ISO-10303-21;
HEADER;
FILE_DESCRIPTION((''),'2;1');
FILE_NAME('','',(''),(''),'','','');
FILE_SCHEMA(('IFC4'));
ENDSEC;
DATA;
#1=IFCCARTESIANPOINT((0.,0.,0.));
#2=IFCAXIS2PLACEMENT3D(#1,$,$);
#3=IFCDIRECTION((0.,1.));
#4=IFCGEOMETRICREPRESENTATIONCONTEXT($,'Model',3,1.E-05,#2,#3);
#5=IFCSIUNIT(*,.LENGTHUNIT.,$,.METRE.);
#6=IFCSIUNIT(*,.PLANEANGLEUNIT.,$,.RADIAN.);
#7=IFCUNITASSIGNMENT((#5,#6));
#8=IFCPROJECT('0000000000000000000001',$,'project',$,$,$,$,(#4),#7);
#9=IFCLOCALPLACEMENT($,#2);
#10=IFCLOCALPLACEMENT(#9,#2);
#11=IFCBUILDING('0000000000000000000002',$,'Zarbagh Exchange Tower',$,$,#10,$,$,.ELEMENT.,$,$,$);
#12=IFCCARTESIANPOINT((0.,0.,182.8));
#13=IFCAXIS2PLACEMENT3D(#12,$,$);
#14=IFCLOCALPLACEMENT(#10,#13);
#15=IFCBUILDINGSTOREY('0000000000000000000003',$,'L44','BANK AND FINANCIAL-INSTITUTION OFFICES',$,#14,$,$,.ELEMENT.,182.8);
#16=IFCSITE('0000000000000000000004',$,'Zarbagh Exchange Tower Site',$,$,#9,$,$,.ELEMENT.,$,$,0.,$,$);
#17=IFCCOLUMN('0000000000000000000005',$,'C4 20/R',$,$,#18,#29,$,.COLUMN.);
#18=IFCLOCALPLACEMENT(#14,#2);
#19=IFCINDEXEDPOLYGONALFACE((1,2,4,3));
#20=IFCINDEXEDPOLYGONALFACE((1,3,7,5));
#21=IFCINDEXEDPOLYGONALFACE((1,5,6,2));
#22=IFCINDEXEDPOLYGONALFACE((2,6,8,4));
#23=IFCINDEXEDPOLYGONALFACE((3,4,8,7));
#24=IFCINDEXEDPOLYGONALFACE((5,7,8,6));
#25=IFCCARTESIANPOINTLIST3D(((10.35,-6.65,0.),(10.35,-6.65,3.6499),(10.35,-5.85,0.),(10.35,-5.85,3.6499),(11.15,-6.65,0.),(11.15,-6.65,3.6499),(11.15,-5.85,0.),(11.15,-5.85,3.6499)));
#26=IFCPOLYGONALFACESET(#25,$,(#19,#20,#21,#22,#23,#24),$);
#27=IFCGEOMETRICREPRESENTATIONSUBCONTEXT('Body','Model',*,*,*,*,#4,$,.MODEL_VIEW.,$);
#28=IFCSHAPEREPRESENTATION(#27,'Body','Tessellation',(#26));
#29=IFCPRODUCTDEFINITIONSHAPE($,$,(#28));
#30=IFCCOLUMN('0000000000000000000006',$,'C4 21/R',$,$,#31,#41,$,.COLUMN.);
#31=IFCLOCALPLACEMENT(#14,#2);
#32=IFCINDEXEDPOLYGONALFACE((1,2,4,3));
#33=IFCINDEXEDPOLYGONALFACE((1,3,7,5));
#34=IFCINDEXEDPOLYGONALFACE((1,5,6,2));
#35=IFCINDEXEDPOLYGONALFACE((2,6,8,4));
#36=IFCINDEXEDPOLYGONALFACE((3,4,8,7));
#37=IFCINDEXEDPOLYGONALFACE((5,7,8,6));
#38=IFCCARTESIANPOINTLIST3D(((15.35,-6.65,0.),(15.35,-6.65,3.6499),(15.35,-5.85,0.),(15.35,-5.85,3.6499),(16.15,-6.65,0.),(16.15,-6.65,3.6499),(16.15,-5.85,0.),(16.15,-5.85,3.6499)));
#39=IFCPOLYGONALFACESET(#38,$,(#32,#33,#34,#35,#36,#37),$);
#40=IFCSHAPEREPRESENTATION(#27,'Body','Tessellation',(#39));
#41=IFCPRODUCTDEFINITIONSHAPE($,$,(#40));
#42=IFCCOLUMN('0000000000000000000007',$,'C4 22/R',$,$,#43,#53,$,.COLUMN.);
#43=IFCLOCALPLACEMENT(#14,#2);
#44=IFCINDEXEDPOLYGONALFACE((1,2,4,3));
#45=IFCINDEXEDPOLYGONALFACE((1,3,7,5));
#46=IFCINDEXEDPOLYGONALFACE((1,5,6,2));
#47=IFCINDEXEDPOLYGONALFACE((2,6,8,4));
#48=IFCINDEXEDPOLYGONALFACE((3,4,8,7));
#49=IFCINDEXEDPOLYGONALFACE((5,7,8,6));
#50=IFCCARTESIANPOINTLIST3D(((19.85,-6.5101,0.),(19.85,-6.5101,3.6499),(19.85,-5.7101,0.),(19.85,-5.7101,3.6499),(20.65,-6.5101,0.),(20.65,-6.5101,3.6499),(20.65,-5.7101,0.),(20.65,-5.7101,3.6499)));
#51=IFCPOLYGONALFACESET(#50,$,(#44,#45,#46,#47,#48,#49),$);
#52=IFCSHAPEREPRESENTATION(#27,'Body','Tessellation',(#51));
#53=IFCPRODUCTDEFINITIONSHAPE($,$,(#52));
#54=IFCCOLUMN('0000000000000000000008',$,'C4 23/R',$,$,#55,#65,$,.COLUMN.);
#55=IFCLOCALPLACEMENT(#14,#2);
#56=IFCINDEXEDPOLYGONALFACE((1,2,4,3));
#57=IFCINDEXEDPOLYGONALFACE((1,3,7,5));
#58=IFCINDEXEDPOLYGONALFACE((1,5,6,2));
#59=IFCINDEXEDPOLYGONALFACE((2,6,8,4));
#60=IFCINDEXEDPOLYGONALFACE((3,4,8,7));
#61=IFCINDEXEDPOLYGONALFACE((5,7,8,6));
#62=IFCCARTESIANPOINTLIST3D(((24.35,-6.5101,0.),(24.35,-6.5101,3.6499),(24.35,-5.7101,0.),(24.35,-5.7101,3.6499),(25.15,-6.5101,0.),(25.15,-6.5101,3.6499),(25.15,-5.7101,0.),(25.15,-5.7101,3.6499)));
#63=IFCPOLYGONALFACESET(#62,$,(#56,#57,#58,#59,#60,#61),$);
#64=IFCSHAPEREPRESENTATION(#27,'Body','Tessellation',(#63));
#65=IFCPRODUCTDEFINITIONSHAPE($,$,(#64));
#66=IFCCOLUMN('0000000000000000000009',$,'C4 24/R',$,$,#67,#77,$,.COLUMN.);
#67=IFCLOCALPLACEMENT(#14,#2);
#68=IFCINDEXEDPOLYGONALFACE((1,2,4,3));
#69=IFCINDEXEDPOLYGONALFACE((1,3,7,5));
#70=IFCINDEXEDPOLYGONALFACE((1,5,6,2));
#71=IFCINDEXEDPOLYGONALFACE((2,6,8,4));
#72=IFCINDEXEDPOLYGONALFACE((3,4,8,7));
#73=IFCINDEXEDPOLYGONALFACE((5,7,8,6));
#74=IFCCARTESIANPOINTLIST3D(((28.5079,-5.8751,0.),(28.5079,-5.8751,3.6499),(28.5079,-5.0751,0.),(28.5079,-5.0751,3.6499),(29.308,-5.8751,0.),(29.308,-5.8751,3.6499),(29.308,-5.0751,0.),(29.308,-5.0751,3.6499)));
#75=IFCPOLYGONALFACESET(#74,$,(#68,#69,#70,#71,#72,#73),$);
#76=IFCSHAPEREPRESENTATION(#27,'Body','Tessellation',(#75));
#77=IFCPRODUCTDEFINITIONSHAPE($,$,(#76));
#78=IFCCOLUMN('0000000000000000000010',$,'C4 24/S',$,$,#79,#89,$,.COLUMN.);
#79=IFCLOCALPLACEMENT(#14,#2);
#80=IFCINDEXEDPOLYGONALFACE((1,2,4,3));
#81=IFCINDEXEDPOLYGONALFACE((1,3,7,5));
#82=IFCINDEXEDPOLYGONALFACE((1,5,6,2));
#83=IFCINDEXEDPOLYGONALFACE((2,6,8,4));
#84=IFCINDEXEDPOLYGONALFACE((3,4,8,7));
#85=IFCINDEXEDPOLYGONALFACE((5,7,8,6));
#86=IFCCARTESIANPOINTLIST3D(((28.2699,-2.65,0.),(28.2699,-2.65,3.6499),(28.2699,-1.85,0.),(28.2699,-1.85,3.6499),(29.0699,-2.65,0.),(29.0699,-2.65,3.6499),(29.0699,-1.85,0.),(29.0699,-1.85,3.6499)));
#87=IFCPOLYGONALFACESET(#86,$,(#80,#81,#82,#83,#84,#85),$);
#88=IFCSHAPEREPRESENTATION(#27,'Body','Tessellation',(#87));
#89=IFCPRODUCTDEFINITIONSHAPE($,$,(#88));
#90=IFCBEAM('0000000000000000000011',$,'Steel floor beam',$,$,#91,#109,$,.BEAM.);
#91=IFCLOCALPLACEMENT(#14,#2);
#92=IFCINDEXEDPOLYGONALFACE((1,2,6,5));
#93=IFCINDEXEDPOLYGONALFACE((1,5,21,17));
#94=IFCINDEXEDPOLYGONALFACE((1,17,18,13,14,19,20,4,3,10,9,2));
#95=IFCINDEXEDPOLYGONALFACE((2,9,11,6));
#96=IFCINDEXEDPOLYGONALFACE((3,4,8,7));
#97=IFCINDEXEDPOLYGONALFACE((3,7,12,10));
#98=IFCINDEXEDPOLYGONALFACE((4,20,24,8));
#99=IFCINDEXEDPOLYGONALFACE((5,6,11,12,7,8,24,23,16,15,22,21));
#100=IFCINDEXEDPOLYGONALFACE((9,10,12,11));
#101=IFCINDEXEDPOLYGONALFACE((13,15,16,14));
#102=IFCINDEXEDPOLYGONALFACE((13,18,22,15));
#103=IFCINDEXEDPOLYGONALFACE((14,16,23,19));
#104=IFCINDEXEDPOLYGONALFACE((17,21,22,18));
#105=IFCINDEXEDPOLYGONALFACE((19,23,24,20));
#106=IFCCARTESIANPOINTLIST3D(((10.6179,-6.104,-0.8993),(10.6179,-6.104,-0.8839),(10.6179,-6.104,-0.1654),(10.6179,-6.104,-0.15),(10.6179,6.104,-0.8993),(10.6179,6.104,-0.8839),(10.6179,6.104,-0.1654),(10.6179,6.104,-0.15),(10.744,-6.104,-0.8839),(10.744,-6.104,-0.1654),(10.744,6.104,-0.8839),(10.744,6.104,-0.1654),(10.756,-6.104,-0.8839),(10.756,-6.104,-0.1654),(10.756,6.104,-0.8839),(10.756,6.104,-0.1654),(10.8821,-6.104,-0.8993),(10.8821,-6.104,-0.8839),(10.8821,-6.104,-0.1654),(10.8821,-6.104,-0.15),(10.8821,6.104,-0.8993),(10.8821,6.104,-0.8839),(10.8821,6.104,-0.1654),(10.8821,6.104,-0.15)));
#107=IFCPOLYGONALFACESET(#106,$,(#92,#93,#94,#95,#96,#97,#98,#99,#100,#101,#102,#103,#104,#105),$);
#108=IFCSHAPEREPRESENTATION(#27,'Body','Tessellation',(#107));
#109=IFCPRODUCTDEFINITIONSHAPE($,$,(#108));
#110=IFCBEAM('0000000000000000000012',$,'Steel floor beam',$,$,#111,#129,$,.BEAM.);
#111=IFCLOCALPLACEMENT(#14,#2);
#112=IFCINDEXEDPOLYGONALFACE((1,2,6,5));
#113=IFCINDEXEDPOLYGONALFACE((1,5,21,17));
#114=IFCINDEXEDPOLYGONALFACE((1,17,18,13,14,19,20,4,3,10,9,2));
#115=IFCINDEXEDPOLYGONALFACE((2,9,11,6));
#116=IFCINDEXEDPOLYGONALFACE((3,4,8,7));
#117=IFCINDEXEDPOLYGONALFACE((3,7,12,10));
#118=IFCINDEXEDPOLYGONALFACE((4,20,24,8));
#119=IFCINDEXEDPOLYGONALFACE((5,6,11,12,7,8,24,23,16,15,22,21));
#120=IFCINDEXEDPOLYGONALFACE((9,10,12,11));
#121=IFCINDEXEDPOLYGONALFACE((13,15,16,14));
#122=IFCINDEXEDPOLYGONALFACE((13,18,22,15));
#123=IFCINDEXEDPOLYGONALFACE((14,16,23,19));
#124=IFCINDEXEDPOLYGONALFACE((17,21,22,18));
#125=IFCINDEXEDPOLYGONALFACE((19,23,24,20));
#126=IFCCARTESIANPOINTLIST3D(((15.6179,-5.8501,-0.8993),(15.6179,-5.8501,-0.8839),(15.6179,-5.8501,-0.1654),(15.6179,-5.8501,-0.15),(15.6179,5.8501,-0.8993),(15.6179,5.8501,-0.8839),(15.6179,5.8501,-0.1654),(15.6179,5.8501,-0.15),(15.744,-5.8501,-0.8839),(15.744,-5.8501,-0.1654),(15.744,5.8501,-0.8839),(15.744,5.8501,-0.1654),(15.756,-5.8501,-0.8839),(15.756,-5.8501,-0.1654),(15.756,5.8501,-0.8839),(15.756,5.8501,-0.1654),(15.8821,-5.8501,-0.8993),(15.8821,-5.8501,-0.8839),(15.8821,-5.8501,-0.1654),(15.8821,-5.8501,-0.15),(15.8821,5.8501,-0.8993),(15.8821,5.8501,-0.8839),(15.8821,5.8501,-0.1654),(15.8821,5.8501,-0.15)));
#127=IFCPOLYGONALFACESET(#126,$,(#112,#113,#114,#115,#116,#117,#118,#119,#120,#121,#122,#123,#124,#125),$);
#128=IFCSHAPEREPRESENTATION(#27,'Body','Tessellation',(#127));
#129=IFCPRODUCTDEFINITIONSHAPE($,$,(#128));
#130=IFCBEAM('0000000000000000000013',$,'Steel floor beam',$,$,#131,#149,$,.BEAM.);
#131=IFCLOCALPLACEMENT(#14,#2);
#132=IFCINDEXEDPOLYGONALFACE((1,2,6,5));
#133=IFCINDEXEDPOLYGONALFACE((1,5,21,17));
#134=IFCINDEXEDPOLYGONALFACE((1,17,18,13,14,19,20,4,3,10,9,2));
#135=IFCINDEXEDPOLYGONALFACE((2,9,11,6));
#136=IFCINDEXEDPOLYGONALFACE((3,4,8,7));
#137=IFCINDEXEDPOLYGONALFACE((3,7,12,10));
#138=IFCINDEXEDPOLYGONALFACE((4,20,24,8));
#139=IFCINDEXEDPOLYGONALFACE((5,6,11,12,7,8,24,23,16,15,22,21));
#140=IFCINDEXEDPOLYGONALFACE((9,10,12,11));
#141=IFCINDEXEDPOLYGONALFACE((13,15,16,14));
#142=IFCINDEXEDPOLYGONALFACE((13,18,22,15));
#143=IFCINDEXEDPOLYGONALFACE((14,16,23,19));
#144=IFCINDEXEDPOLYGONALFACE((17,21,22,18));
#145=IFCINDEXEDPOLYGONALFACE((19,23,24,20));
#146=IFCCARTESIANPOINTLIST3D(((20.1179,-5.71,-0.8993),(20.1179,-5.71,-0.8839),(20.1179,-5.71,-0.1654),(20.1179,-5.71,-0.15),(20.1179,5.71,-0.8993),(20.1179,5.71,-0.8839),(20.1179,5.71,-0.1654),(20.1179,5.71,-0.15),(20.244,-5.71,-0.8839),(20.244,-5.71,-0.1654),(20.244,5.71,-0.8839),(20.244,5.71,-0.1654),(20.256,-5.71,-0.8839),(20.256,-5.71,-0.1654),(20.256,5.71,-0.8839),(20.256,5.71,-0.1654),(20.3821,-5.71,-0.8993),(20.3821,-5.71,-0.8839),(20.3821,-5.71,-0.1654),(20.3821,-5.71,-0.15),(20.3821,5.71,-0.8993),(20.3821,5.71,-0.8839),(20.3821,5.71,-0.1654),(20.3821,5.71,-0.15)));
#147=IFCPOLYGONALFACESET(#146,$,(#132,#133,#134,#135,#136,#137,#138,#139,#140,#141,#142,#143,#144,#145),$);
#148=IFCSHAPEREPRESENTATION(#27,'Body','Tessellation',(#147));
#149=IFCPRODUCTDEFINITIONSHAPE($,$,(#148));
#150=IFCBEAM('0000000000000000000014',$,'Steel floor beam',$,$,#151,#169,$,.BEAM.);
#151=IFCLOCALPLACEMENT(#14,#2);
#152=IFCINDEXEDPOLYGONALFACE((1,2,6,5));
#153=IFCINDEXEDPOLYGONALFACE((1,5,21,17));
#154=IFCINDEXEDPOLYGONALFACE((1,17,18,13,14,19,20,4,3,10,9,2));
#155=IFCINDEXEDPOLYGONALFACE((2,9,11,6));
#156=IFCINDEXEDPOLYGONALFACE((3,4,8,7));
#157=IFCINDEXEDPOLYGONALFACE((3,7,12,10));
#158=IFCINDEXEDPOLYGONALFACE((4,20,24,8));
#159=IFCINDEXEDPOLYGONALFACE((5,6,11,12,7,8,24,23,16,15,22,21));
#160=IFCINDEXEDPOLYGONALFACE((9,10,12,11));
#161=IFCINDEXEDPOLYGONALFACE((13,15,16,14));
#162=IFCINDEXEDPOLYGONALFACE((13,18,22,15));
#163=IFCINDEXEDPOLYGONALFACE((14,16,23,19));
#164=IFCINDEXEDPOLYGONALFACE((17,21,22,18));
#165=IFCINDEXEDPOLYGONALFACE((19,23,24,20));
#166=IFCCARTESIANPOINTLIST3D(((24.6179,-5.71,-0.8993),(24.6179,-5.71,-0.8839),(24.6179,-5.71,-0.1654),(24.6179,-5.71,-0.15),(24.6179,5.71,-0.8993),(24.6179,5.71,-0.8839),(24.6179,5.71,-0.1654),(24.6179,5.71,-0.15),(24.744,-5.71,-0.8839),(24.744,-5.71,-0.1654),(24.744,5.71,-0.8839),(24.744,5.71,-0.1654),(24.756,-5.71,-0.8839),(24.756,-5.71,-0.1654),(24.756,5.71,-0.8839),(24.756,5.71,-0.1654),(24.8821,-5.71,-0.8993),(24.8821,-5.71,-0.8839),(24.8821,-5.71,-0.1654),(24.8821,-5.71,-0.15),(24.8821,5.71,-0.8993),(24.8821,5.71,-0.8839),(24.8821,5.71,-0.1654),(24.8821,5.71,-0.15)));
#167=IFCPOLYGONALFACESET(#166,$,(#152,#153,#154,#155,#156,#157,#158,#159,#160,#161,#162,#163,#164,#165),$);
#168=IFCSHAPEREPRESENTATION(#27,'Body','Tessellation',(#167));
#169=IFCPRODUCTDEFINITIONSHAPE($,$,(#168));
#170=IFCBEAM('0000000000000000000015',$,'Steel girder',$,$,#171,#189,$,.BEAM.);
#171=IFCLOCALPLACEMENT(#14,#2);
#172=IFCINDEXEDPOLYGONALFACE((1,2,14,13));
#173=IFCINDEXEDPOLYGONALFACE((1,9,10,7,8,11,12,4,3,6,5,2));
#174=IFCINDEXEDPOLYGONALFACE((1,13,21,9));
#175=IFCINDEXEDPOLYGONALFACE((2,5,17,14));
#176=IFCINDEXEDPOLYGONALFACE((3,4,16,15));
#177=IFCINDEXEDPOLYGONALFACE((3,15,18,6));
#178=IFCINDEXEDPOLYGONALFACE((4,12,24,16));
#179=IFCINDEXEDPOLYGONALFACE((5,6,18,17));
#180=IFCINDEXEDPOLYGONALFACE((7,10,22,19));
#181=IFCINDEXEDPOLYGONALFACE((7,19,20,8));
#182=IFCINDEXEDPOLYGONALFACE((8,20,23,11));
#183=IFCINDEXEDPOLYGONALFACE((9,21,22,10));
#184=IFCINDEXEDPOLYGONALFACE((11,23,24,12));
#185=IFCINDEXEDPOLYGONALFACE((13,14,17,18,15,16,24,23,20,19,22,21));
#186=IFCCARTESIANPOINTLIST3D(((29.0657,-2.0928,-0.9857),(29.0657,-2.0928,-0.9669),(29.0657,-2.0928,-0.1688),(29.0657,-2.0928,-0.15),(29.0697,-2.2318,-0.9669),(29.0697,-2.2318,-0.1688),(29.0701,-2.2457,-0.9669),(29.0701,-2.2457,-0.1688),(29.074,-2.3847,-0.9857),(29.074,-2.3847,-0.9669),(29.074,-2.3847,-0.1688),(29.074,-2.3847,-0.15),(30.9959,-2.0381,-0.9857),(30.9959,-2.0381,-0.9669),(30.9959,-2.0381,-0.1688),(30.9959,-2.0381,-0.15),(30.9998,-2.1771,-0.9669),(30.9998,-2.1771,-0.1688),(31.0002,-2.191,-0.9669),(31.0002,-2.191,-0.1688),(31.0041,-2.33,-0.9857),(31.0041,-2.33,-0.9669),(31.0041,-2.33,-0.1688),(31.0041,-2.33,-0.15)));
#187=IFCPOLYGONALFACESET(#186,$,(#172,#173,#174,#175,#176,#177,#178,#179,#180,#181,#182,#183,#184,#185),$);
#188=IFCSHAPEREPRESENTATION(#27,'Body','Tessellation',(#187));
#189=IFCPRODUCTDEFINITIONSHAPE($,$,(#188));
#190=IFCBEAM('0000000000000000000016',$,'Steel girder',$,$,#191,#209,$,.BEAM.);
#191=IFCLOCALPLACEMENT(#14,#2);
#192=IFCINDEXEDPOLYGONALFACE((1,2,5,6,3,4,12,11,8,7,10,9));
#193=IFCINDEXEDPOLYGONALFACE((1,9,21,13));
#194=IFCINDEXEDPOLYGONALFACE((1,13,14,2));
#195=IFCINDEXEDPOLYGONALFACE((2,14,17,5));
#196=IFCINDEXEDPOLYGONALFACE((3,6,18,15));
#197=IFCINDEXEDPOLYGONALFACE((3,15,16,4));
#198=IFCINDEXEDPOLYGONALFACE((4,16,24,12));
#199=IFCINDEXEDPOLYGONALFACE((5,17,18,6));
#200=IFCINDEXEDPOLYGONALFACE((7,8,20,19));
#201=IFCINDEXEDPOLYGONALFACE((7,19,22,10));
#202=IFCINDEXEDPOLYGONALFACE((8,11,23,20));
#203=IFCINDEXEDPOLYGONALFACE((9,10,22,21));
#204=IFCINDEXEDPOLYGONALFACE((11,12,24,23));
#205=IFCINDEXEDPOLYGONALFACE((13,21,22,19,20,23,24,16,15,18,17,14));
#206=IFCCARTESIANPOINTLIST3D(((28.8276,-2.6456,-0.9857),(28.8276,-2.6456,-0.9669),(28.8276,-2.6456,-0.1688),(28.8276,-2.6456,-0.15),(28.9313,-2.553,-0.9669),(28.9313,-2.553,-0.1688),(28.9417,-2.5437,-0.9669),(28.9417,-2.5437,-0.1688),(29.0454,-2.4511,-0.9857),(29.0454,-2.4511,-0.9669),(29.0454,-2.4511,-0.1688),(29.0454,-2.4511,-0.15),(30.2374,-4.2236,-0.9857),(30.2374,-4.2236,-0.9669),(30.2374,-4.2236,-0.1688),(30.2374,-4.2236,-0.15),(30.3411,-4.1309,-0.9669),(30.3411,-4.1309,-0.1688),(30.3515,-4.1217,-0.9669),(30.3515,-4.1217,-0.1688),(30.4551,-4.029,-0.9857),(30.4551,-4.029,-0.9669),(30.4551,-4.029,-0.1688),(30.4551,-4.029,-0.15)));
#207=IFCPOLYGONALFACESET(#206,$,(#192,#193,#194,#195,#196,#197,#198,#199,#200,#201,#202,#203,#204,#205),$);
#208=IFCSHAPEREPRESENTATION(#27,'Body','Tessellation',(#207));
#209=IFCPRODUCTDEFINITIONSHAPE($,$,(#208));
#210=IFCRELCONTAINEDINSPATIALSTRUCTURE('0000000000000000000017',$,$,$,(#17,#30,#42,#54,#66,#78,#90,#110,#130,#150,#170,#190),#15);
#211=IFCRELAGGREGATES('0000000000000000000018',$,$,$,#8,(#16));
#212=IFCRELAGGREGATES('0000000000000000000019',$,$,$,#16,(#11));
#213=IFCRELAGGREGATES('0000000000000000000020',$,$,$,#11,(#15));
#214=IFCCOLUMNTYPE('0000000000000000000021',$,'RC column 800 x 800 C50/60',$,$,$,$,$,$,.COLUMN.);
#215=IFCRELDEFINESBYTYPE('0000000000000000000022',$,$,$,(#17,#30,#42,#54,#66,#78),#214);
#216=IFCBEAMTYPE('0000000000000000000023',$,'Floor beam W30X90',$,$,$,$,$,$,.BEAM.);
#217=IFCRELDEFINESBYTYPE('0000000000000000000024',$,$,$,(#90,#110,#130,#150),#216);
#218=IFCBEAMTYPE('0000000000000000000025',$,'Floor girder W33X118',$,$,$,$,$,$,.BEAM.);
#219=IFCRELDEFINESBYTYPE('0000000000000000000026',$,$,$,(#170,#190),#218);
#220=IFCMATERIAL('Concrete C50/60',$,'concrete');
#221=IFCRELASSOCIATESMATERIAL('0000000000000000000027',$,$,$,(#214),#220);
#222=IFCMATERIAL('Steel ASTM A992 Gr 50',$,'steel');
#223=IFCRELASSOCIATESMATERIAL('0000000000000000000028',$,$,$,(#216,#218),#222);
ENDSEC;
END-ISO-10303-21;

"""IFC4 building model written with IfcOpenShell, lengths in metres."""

from ifc_helpers import new_model, si_unit, direction, frame, origin, origin_2d, place, context, subcontext, project, spatial, rectangle, i_section, extrude, material, material_profile, profile_set, type_object, element, save


model = new_model("IFC4")

# Units and contexts
model_context = context("Model", 3, precision=1e-05, world=origin(), true_north=direction((0.0, 1.0)))
body_context = subcontext(model_context, "Body", "Model", "MODEL_VIEW")
ifc_project = project(units=[si_unit("LENGTHUNIT", "METRE"), si_unit("PLANEANGLEUNIT", "RADIAN")], contexts=[model_context])

# Site, building, storey
site_placement = place(None, origin())
site = spatial("IfcSite", under=ifc_project, at=site_placement, Name="Zarbagh Exchange Tower Site", CompositionType="ELEMENT", RefElevation=0.0)
building_placement = place(site_placement, origin())
building = spatial("IfcBuilding", under=site, at=building_placement, Name="Zarbagh Exchange Tower", CompositionType="ELEMENT")
storey_placement = place(building_placement, frame((0.0, 0.0, 182.8)))
storey = spatial("IfcBuildingStorey", under=building, at=storey_placement, Name="L44", Description="BANK AND FINANCIAL-INSTITUTION OFFICES", CompositionType="ELEMENT", Elevation=182.8)

# Columns
ifc_material_1 = material(Name="Concrete C50/60", Category="concrete")
ifc_material_profile_1 = material_profile(ifc_material_1, rectangle(XDim=0.8, YDim=0.8, at=origin_2d()), Name="RC column 800 x 800 C50/60")
ifc_profile_set_1 = profile_set([ifc_material_profile_1], Name="Concrete C50/60")
column_type = type_object("IfcColumnType", Name="RC column 800 x 800 C50/60", PredefinedType="COLUMN", material=ifc_profile_set_1)
for number, where, z_axis, x_axis, name in (
    (1, (10.75, -6.25, 0.0), (0.0, 0.0, 1.0), (1.0, 0.0, 0.0), "C4 20/R"),
    (2, (15.75, -6.25, 0.0), (0.0, 0.0, 1.0), (1.0, 0.0, 0.0), "C4 21/R"),
    (3, (20.25, -6.1101, 0.0), (0.0, 0.0, 1.0), (1.0, 0.0, 0.0), "C4 22/R"),
    (4, (24.75, -6.1101, 0.0), (0.0, 0.0, 1.0), (1.0, 0.0, 0.0), "C4 23/R"),
    (5, (28.908, -5.4751, 0.0), (0.0, 0.0, 1.0), (1.0, 0.0, 0.0), "C4 24/R"),
    (6, (28.6699, -2.25, 0.0), (0.0, 0.0, 1.0), (1.0, 0.0, 0.0), "C4 24/S"),
):
    element("IfcColumn", number, at=place(storey_placement, frame(where, z_axis=z_axis, x_axis=x_axis)), inside=storey, type_object=column_type, Name=name, PredefinedType="COLUMN", context=body_context, shape_type="SweptSolid", body=[
        extrude(rectangle(XDim=0.8, YDim=0.8, at=origin_2d()), origin(), (0.0, 0.0, 1.0), 3.6499),
    ])

# Beams
ifc_material_2 = material(Name="Steel ASTM A992 Gr 50", Category="steel")
ifc_material_profile_2 = material_profile(ifc_material_2, i_section(OverallWidth=0.2642, OverallDepth=0.7493, WebThickness=0.012, FlangeThickness=0.0154, at=origin_2d()), Name="W30X90")
ifc_profile_set_2 = profile_set([ifc_material_profile_2], Name="Steel ASTM A992 Gr 50")
beam_type_1 = type_object("IfcBeamType", Name="Floor beam W30X90", PredefinedType="BEAM", material=ifc_profile_set_2)
beam_1_placement = place(storey_placement, frame((10.75, -6.104, -0.5247), z_axis=(0.0, 1.0, 0.0), x_axis=(-1.0, 0.0, 0.0)))
element("IfcBeam", 7, at=beam_1_placement, inside=storey, type_object=beam_type_1, Name="Steel floor beam", PredefinedType="BEAM", context=body_context, shape_type="SweptSolid", body=[
    extrude(i_section(OverallWidth=0.2642, OverallDepth=0.7493, WebThickness=0.012, FlangeThickness=0.0154, at=origin_2d()), origin(), (0.0, 0.0, 1.0), 12.208),
])
beam_2_placement = place(storey_placement, frame((15.75, -5.8501, -0.5247), z_axis=(0.0, 1.0, 0.0), x_axis=(-1.0, 0.0, 0.0)))
element("IfcBeam", 8, at=beam_2_placement, inside=storey, type_object=beam_type_1, Name="Steel floor beam", PredefinedType="BEAM", context=body_context, shape_type="SweptSolid", body=[
    extrude(i_section(OverallWidth=0.2642, OverallDepth=0.7493, WebThickness=0.012, FlangeThickness=0.0154, at=origin_2d()), origin(), (0.0, 0.0, 1.0), 11.7002),
])
for number, where, z_axis, x_axis, name in (
    (9, (20.25, -5.71, -0.5247), (0.0, 1.0, 0.0), (-1.0, 0.0, 0.0), "Steel floor beam"),
    (10, (24.75, -5.71, -0.5247), (0.0, 1.0, 0.0), (-1.0, 0.0, 0.0), "Steel floor beam"),
):
    element("IfcBeam", number, at=place(storey_placement, frame(where, z_axis=z_axis, x_axis=x_axis)), inside=storey, type_object=beam_type_1, Name=name, PredefinedType="BEAM", context=body_context, shape_type="SweptSolid", body=[
        extrude(i_section(OverallWidth=0.2642, OverallDepth=0.7493, WebThickness=0.012, FlangeThickness=0.0154, at=origin_2d()), origin(), (0.0, 0.0, 1.0), 11.4199),
    ])
ifc_material_profile_3 = material_profile(ifc_material_2, i_section(OverallWidth=0.292, OverallDepth=0.8357, WebThickness=0.0139, FlangeThickness=0.0188, at=origin_2d()), Name="W33X118")
ifc_profile_set_3 = profile_set([ifc_material_profile_3], Name="Steel ASTM A992 Gr 50")
beam_type_2 = type_object("IfcBeamType", Name="Floor girder W33X118", PredefinedType="BEAM", material=ifc_profile_set_3)
beam_3_placement = place(storey_placement, frame((31.0, -2.1841, -0.5679), z_axis=(-0.999599, -0.028322, 0.0), x_axis=(0.028322, -0.999599, 0.0)))
element("IfcBeam", 11, at=beam_3_placement, inside=storey, type_object=beam_type_2, Name="Steel girder", PredefinedType="BEAM", context=body_context, shape_type="SweptSolid", body=[
    extrude(i_section(OverallWidth=0.292, OverallDepth=0.8357, WebThickness=0.0139, FlangeThickness=0.0188, at=origin_2d()), origin(), (0.0, 0.0, 1.0), 1.9309),
])
beam_4_placement = place(storey_placement, frame((28.9365, -2.5483, -0.5679), z_axis=(0.666238, -0.745739, 0.0), x_axis=(0.745739, 0.666238, 0.0)))
element("IfcBeam", 12, at=beam_4_placement, inside=storey, type_object=beam_type_2, Name="Steel girder", PredefinedType="BEAM", context=body_context, shape_type="SweptSolid", body=[
    extrude(i_section(OverallWidth=0.292, OverallDepth=0.8357, WebThickness=0.0139, FlangeThickness=0.0188, at=origin_2d()), origin(), (0.0, 0.0, 1.0), 2.116),
])

save(model, "model.ifc")
